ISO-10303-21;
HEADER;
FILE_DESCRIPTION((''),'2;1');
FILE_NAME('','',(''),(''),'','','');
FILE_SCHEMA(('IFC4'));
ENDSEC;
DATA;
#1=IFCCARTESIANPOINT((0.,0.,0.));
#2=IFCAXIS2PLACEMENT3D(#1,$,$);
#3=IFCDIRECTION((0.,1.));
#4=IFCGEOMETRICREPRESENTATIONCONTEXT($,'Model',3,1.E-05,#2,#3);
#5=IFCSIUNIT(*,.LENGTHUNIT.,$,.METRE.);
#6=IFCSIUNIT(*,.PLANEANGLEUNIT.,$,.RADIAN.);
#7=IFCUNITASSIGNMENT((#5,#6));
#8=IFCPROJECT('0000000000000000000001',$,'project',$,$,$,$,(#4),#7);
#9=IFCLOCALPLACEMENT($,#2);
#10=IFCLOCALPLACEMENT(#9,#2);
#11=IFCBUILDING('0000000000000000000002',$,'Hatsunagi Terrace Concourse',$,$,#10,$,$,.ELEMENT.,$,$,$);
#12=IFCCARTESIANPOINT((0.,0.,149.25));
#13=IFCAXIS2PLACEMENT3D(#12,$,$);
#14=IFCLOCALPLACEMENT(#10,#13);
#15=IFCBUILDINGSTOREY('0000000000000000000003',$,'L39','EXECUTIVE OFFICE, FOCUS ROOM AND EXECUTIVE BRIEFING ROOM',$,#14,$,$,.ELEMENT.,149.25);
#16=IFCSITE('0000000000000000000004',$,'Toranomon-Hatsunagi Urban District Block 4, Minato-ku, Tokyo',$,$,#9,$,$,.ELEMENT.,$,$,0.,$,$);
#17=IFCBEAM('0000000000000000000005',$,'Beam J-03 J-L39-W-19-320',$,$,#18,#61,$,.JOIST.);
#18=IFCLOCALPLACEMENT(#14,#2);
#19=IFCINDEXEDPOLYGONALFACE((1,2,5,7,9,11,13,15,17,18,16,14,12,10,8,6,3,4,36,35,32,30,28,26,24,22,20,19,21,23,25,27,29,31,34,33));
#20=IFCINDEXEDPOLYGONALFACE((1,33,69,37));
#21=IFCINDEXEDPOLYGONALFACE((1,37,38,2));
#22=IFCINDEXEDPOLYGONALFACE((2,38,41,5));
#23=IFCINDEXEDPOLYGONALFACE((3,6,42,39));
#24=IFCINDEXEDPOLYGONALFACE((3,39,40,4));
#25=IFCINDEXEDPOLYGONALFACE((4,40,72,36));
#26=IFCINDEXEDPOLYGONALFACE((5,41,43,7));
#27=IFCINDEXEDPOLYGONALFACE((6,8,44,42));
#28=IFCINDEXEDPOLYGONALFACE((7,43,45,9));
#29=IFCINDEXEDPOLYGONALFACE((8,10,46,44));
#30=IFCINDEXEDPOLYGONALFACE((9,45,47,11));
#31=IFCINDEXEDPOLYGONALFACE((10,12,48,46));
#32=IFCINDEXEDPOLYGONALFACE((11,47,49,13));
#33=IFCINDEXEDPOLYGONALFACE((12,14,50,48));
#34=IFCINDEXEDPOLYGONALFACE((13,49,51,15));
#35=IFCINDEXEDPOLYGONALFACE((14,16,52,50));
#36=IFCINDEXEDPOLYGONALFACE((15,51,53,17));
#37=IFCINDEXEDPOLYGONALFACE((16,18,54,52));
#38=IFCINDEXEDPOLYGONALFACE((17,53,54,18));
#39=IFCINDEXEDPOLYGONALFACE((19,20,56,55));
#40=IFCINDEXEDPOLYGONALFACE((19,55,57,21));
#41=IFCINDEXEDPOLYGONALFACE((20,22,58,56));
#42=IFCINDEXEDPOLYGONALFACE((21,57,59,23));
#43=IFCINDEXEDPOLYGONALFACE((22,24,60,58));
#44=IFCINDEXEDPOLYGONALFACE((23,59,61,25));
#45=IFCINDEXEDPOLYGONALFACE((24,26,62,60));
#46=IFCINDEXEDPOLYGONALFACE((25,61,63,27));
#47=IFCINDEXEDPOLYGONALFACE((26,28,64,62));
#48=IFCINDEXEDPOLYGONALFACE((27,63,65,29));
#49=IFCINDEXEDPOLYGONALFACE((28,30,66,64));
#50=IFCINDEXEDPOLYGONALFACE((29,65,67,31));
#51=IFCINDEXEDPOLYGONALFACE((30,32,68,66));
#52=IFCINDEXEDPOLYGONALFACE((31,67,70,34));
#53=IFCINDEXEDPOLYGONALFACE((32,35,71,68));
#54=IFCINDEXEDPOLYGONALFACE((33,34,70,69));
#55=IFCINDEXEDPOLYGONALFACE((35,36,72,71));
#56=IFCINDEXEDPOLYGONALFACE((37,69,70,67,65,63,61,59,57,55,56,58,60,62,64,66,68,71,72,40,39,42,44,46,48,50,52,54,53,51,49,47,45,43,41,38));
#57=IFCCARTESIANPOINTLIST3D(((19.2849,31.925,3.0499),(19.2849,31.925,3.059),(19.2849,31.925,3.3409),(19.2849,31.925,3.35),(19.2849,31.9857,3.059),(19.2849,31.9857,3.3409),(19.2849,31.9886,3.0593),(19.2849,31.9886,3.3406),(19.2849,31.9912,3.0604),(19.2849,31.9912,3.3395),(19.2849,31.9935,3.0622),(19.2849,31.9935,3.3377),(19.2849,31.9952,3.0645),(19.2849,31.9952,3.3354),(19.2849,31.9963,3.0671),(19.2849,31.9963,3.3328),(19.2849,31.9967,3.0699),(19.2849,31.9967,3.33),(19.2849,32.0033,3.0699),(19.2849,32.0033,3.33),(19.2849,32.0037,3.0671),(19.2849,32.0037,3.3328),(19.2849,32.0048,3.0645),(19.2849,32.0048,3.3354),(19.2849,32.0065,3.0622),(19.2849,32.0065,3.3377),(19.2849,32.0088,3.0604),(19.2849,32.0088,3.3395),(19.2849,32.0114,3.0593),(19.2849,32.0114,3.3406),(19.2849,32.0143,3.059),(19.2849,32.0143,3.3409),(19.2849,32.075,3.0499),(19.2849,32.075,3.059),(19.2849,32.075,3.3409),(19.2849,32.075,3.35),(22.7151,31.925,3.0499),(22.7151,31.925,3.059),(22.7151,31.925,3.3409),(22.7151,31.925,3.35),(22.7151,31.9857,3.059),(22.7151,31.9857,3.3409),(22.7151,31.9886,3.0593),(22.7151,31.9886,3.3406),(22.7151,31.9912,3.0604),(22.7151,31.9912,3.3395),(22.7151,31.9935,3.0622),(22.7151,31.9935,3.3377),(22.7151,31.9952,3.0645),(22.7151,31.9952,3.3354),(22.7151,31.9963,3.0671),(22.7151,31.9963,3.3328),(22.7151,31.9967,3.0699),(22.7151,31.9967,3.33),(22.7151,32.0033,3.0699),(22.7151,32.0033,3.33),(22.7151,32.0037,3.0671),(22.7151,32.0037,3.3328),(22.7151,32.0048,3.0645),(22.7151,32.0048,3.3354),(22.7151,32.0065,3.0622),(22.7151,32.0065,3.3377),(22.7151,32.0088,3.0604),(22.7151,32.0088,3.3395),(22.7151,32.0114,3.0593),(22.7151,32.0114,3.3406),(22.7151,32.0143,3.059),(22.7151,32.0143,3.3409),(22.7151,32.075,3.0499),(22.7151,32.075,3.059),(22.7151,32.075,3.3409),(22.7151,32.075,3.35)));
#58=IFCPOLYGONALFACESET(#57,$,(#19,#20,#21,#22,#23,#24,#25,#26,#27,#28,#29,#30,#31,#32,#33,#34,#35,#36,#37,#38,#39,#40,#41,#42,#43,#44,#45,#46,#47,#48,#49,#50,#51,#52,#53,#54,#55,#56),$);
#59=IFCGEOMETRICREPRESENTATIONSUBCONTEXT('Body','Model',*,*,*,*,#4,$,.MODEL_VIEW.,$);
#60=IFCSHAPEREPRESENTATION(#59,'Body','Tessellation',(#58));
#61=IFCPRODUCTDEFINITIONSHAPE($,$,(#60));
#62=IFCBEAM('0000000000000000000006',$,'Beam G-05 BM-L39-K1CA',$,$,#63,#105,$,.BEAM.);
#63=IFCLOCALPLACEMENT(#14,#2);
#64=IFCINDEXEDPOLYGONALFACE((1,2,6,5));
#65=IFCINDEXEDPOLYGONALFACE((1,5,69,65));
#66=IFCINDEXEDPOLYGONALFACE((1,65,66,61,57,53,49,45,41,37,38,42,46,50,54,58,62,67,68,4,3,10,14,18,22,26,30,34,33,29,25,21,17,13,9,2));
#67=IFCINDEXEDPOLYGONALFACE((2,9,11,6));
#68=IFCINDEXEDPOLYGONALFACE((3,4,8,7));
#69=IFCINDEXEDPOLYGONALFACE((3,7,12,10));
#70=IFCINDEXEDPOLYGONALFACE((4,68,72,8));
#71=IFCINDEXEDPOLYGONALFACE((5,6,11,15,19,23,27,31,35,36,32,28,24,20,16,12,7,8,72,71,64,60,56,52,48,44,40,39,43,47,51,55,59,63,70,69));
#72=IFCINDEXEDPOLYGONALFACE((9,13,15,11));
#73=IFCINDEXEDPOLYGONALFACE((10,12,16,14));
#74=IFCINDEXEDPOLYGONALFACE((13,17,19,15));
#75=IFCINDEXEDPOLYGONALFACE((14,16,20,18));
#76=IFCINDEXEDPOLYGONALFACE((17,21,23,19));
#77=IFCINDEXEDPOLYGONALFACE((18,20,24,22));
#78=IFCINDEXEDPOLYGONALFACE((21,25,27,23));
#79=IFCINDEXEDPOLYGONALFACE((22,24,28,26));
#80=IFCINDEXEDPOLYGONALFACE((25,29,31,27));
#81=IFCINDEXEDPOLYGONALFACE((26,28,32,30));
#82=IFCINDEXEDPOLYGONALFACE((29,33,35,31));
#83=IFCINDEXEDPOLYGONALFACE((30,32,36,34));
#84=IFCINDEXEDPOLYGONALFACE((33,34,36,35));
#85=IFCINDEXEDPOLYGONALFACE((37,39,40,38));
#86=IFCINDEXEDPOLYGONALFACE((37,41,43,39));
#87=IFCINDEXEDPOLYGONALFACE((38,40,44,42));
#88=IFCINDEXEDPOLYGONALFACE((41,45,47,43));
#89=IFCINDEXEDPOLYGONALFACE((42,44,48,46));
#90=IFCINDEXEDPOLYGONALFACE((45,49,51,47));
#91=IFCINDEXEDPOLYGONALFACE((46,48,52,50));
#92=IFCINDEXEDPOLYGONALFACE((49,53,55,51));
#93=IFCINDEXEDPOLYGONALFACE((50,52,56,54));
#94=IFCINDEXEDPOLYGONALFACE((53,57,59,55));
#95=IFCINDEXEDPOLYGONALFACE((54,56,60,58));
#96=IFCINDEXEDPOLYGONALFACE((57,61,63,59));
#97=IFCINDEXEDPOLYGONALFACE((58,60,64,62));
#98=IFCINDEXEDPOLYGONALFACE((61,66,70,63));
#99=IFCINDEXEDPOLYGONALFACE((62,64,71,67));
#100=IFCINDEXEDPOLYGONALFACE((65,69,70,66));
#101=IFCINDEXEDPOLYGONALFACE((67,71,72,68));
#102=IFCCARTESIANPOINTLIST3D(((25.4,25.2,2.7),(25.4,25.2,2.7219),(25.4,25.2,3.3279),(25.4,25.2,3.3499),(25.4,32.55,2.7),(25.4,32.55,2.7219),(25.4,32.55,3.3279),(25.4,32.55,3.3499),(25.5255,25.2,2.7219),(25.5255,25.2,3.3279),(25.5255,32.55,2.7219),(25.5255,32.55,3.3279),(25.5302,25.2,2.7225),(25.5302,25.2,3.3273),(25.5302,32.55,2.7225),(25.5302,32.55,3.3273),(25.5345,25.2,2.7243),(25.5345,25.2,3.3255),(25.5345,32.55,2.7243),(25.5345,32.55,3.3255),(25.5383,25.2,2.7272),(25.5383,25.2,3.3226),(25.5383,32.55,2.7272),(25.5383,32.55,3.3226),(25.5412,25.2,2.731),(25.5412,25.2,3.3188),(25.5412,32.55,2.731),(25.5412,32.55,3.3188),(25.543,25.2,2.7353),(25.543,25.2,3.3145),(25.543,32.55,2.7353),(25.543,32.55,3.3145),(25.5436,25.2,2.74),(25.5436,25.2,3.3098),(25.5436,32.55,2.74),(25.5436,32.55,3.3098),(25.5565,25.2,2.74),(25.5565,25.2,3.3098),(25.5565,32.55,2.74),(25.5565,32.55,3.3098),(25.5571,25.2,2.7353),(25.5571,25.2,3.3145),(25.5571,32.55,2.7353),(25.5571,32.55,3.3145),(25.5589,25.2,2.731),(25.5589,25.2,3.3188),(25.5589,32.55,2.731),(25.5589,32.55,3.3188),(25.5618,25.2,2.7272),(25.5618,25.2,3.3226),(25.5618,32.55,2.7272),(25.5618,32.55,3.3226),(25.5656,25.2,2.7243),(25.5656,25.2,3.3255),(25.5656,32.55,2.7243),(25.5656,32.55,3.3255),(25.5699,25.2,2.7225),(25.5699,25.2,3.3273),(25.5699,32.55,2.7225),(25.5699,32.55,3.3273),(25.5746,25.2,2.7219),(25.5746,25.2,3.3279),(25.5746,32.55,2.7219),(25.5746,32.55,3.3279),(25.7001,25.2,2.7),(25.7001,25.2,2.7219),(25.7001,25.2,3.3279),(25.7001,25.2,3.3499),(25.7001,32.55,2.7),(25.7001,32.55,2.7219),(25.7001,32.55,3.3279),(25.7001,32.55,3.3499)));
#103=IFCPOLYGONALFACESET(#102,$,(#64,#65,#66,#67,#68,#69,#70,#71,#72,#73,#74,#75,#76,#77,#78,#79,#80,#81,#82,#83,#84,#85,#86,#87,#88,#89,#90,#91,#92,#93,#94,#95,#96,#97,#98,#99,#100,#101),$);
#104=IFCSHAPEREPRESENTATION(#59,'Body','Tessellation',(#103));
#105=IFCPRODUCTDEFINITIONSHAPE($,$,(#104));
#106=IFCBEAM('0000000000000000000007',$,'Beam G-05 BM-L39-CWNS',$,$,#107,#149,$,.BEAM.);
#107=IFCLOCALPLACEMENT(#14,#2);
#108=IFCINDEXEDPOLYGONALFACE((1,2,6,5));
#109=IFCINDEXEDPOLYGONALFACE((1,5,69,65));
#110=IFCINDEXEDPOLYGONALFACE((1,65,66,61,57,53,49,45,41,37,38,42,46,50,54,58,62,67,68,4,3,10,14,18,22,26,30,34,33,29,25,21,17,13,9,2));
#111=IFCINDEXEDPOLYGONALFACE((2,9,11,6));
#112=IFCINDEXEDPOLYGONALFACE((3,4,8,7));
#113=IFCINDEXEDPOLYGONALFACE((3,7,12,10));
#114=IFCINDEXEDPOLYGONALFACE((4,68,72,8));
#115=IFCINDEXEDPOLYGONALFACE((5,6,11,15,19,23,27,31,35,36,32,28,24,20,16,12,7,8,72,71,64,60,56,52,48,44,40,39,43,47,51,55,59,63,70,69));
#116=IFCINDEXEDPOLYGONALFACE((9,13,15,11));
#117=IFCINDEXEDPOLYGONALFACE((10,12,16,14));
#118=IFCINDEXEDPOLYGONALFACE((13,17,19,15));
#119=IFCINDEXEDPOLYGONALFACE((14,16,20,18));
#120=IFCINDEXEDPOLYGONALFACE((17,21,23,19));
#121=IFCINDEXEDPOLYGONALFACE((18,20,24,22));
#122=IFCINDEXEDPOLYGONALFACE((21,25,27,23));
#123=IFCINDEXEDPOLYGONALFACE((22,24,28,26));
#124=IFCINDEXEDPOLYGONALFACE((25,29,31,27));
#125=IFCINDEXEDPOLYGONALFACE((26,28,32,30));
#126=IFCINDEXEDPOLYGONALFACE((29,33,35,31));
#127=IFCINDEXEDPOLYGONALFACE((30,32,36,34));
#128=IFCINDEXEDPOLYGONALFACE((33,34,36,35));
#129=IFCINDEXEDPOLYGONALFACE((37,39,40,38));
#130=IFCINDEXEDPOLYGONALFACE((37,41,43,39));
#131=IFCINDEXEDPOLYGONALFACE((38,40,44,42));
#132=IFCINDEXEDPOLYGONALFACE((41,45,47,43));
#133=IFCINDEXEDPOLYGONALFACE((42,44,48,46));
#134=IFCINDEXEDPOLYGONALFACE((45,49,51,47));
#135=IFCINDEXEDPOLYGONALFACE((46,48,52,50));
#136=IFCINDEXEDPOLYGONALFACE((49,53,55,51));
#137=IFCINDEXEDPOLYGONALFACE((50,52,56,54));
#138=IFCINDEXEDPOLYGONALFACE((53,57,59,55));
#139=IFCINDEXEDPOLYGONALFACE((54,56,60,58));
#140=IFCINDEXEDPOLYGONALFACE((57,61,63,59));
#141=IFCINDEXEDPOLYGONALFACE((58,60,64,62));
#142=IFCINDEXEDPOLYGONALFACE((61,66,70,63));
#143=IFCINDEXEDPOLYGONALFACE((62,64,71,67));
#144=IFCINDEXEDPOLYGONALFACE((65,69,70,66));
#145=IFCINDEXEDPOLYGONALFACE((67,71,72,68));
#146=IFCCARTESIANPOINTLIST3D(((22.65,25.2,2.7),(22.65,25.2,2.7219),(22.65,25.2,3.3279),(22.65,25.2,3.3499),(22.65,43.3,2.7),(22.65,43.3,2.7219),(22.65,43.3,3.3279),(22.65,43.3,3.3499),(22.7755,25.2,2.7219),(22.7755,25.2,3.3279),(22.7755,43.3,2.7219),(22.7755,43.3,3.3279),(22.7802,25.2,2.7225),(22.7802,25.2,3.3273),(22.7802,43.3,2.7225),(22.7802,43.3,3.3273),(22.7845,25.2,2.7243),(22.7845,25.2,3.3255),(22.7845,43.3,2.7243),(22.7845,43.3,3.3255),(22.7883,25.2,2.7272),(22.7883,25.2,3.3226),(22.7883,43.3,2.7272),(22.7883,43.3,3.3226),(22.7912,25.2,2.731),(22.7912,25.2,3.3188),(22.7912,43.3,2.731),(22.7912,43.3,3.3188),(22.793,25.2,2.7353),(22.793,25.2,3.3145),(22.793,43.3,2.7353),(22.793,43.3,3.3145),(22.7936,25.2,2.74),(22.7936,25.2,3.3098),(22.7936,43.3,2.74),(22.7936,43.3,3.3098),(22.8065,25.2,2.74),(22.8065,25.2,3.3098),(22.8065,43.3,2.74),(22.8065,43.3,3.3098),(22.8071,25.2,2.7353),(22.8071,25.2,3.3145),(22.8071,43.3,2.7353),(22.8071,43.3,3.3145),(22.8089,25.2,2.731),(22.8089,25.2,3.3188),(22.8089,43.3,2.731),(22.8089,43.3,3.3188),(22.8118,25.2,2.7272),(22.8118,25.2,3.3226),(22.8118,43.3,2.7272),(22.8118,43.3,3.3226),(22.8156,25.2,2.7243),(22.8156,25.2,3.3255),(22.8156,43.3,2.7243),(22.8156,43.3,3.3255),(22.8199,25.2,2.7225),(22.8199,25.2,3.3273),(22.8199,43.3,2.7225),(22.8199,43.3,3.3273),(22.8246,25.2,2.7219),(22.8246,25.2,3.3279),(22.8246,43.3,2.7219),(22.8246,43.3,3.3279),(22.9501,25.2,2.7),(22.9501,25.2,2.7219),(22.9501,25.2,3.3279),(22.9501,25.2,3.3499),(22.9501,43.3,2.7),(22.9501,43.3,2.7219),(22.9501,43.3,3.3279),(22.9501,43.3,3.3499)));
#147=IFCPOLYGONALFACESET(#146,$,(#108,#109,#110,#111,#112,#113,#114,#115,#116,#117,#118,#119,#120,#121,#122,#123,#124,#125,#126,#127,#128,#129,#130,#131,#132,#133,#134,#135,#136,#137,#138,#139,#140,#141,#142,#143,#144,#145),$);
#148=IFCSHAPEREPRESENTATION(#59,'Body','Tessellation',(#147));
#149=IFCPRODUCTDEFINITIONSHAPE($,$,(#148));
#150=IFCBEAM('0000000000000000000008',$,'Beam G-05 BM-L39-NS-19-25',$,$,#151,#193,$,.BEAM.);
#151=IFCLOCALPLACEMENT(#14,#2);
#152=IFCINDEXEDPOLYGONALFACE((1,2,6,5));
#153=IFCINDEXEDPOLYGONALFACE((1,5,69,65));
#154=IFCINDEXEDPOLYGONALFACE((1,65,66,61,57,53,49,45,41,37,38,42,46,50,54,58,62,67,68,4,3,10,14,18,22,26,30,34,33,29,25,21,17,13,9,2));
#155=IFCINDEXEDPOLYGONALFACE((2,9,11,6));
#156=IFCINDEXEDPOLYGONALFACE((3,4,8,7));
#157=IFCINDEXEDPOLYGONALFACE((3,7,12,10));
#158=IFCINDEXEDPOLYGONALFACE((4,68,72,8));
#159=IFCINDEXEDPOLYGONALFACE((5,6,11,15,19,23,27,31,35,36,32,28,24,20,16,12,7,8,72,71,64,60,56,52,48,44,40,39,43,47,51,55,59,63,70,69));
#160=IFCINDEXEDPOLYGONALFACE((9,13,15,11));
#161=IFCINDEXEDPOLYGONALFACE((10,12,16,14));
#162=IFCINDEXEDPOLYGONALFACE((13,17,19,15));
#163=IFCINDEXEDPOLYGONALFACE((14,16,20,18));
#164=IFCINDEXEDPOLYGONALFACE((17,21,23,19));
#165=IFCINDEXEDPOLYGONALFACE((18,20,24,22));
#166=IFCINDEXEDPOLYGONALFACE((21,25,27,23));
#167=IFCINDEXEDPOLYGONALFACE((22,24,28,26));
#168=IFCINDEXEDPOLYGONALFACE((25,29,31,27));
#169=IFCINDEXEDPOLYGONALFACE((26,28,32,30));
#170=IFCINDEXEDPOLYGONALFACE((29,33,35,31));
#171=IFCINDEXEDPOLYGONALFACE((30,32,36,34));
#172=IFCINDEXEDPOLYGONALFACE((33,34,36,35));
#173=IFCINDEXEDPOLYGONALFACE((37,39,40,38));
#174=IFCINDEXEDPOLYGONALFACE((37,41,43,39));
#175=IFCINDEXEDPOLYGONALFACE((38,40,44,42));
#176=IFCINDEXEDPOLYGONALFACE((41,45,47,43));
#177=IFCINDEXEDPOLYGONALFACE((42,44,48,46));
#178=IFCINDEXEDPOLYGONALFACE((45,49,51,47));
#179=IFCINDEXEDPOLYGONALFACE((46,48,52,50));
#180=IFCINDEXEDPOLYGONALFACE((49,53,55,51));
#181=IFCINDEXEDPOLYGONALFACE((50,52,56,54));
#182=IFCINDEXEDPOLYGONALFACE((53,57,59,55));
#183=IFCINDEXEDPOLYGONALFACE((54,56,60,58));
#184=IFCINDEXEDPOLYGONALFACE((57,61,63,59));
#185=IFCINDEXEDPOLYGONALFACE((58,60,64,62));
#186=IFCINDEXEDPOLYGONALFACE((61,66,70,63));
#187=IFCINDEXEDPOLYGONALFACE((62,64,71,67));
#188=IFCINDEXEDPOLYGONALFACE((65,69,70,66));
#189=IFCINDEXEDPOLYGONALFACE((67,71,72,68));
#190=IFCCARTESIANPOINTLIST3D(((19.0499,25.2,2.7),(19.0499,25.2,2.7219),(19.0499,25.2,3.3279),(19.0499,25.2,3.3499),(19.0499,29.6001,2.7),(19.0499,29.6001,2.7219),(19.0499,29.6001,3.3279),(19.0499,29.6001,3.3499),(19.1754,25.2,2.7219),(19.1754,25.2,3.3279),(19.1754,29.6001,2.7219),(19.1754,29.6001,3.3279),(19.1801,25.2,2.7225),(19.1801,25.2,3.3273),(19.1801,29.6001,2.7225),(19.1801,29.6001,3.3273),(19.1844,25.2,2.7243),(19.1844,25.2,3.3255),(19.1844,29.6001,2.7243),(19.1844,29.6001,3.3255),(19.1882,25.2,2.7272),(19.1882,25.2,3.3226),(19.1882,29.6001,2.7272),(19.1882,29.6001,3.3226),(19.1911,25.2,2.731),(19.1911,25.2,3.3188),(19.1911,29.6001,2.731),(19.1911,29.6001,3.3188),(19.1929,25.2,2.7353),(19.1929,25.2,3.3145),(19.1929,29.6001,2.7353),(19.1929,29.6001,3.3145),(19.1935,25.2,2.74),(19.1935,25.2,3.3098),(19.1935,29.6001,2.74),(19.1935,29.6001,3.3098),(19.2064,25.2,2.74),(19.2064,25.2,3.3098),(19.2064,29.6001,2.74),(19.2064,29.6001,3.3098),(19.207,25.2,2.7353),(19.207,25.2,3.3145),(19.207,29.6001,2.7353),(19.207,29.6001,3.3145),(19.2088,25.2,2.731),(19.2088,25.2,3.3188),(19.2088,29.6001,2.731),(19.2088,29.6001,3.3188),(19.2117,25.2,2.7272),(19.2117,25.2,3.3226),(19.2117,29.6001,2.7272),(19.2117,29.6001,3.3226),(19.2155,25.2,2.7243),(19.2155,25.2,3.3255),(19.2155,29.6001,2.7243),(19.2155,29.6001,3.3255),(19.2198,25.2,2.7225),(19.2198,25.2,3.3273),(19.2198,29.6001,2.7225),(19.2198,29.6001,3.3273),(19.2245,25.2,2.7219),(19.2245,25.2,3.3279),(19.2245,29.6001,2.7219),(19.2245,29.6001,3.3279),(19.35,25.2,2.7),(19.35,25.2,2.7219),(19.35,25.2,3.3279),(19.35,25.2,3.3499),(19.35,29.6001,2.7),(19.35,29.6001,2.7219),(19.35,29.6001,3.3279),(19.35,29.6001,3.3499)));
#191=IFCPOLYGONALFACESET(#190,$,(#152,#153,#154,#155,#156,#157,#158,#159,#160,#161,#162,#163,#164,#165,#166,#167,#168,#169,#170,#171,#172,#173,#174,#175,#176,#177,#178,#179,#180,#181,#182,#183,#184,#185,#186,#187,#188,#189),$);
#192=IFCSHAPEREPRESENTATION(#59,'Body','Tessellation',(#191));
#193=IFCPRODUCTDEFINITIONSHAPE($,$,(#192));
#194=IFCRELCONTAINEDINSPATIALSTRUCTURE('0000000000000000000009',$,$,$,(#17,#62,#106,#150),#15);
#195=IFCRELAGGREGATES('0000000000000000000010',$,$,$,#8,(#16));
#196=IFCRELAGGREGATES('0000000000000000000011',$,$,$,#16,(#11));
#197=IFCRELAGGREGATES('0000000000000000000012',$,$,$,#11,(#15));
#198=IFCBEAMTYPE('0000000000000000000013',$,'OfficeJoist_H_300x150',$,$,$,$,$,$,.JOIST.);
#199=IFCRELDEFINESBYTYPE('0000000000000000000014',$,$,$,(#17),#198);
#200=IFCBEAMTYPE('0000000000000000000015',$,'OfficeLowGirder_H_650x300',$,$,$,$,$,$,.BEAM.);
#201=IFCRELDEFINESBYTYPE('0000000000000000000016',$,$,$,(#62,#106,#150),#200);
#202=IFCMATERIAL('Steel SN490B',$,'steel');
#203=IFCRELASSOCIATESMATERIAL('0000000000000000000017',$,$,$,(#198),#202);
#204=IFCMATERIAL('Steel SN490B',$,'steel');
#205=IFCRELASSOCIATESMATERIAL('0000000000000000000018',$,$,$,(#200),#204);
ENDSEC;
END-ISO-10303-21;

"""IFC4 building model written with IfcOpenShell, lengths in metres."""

from ifc_helpers import new_model, si_unit, direction, frame, origin, origin_2d, place, context, subcontext, project, spatial, i_section, extrude, material, material_profile, profile_set, type_object, element, save


model = new_model("IFC4")

# Units and contexts
model_context = context("Model", 3, precision=1e-05, world=origin(), true_north=direction((0.0, 1.0)))
body_context = subcontext(model_context, "Body", "Model", "MODEL_VIEW")
ifc_project = project(units=[si_unit("LENGTHUNIT", "METRE"), si_unit("PLANEANGLEUNIT", "RADIAN")], contexts=[model_context])

# Site, building, storey
site_placement = place(None, origin())
site = spatial("IfcSite", under=ifc_project, at=site_placement, Name="Toranomon-Hatsunagi Urban District Block 4, Minato-ku, Tokyo", CompositionType="ELEMENT", RefElevation=0.0)
building_placement = place(site_placement, origin())
building = spatial("IfcBuilding", under=site, at=building_placement, Name="Hatsunagi Terrace Concourse", CompositionType="ELEMENT")
storey_placement = place(building_placement, frame((0.0, 0.0, 149.25)))
storey = spatial("IfcBuildingStorey", under=building, at=storey_placement, Name="L39", Description="EXECUTIVE OFFICE, FOCUS ROOM AND EXECUTIVE BRIEFING ROOM", CompositionType="ELEMENT", Elevation=149.25)

# Beams
ifc_material_1 = material(Name="Steel SN490B", Category="steel")
ifc_material_profile_1 = material_profile(ifc_material_1, i_section(OverallWidth=0.1499, OverallDepth=0.3, WebThickness=0.0066, FlangeThickness=0.009, FilletRadius=0.011, at=origin_2d()), Name="H-300x150x6.5x9")
ifc_profile_set_1 = profile_set([ifc_material_profile_1], Name="Steel SN490B")
beam_type_1 = type_object("IfcBeamType", Name="OfficeJoist_H_300x150", PredefinedType="JOIST", material=ifc_profile_set_1)
for number, where, z_axis, x_axis, name in (
    (1, (19.2849, 32.0, 3.2), (1.0, 0.0, 0.0), (0.0, 1.0, 0.0), "Beam J-03 J-L39-W-19-320"),
):
    element("IfcBeam", number, at=place(storey_placement, frame(where, z_axis=z_axis, x_axis=x_axis)), inside=storey, type_object=beam_type_1, Name=name, PredefinedType="JOIST", context=body_context, shape_type="SweptSolid", body=[
        extrude(i_section(OverallWidth=0.1499, OverallDepth=0.3, WebThickness=0.0066, FlangeThickness=0.009, FilletRadius=0.011, at=origin_2d()), origin(), (0.0, 0.0, 1.0), 3.4302),
    ])
ifc_material_2 = material(Name="Steel SN490B", Category="steel")
ifc_material_profile_2 = material_profile(ifc_material_2, i_section(OverallWidth=0.3, OverallDepth=0.6499, WebThickness=0.0129, FlangeThickness=0.022, FilletRadius=0.0181, at=origin_2d()), Name="H-650x300x13x22")
ifc_profile_set_2 = profile_set([ifc_material_profile_2], Name="Steel SN490B")
beam_type_2 = type_object("IfcBeamType", Name="OfficeLowGirder_H_650x300", PredefinedType="BEAM", material=ifc_profile_set_2)
beam_1_placement = place(storey_placement, frame((25.55, 25.2, 3.0249), z_axis=(0.0, 1.0, 0.0), x_axis=(-1.0, 0.0, 0.0)))
element("IfcBeam", 2, at=beam_1_placement, inside=storey, type_object=beam_type_2, Name="Beam G-05 BM-L39-K1CA", PredefinedType="BEAM", context=body_context, shape_type="SweptSolid", body=[
    extrude(i_section(OverallWidth=0.3, OverallDepth=0.6499, WebThickness=0.0129, FlangeThickness=0.022, FilletRadius=0.0181, at=origin_2d()), origin(), (0.0, 0.0, 1.0), 7.3501),
])
beam_2_placement = place(storey_placement, frame((22.8, 25.2, 3.0249), z_axis=(0.0, 1.0, 0.0), x_axis=(-1.0, 0.0, 0.0)))
element("IfcBeam", 3, at=beam_2_placement, inside=storey, type_object=beam_type_2, Name="Beam G-05 BM-L39-CWNS", PredefinedType="BEAM", context=body_context, shape_type="SweptSolid", body=[
    extrude(i_section(OverallWidth=0.3, OverallDepth=0.6499, WebThickness=0.0129, FlangeThickness=0.022, FilletRadius=0.0181, at=origin_2d()), origin(), (0.0, 0.0, 1.0), 18.1001),
])
beam_3_placement = place(storey_placement, frame((19.2, 25.2, 3.0249), z_axis=(0.0, 1.0, 0.0), x_axis=(-1.0, 0.0, 0.0)))
element("IfcBeam", 4, at=beam_3_placement, inside=storey, type_object=beam_type_2, Name="Beam G-05 BM-L39-NS-19-25", PredefinedType="BEAM", context=body_context, shape_type="SweptSolid", body=[
    extrude(i_section(OverallWidth=0.3, OverallDepth=0.6499, WebThickness=0.0129, FlangeThickness=0.022, FilletRadius=0.0181, at=origin_2d()), origin(), (0.0, 0.0, 1.0), 4.4001),
])

save(model, "model.ifc")
